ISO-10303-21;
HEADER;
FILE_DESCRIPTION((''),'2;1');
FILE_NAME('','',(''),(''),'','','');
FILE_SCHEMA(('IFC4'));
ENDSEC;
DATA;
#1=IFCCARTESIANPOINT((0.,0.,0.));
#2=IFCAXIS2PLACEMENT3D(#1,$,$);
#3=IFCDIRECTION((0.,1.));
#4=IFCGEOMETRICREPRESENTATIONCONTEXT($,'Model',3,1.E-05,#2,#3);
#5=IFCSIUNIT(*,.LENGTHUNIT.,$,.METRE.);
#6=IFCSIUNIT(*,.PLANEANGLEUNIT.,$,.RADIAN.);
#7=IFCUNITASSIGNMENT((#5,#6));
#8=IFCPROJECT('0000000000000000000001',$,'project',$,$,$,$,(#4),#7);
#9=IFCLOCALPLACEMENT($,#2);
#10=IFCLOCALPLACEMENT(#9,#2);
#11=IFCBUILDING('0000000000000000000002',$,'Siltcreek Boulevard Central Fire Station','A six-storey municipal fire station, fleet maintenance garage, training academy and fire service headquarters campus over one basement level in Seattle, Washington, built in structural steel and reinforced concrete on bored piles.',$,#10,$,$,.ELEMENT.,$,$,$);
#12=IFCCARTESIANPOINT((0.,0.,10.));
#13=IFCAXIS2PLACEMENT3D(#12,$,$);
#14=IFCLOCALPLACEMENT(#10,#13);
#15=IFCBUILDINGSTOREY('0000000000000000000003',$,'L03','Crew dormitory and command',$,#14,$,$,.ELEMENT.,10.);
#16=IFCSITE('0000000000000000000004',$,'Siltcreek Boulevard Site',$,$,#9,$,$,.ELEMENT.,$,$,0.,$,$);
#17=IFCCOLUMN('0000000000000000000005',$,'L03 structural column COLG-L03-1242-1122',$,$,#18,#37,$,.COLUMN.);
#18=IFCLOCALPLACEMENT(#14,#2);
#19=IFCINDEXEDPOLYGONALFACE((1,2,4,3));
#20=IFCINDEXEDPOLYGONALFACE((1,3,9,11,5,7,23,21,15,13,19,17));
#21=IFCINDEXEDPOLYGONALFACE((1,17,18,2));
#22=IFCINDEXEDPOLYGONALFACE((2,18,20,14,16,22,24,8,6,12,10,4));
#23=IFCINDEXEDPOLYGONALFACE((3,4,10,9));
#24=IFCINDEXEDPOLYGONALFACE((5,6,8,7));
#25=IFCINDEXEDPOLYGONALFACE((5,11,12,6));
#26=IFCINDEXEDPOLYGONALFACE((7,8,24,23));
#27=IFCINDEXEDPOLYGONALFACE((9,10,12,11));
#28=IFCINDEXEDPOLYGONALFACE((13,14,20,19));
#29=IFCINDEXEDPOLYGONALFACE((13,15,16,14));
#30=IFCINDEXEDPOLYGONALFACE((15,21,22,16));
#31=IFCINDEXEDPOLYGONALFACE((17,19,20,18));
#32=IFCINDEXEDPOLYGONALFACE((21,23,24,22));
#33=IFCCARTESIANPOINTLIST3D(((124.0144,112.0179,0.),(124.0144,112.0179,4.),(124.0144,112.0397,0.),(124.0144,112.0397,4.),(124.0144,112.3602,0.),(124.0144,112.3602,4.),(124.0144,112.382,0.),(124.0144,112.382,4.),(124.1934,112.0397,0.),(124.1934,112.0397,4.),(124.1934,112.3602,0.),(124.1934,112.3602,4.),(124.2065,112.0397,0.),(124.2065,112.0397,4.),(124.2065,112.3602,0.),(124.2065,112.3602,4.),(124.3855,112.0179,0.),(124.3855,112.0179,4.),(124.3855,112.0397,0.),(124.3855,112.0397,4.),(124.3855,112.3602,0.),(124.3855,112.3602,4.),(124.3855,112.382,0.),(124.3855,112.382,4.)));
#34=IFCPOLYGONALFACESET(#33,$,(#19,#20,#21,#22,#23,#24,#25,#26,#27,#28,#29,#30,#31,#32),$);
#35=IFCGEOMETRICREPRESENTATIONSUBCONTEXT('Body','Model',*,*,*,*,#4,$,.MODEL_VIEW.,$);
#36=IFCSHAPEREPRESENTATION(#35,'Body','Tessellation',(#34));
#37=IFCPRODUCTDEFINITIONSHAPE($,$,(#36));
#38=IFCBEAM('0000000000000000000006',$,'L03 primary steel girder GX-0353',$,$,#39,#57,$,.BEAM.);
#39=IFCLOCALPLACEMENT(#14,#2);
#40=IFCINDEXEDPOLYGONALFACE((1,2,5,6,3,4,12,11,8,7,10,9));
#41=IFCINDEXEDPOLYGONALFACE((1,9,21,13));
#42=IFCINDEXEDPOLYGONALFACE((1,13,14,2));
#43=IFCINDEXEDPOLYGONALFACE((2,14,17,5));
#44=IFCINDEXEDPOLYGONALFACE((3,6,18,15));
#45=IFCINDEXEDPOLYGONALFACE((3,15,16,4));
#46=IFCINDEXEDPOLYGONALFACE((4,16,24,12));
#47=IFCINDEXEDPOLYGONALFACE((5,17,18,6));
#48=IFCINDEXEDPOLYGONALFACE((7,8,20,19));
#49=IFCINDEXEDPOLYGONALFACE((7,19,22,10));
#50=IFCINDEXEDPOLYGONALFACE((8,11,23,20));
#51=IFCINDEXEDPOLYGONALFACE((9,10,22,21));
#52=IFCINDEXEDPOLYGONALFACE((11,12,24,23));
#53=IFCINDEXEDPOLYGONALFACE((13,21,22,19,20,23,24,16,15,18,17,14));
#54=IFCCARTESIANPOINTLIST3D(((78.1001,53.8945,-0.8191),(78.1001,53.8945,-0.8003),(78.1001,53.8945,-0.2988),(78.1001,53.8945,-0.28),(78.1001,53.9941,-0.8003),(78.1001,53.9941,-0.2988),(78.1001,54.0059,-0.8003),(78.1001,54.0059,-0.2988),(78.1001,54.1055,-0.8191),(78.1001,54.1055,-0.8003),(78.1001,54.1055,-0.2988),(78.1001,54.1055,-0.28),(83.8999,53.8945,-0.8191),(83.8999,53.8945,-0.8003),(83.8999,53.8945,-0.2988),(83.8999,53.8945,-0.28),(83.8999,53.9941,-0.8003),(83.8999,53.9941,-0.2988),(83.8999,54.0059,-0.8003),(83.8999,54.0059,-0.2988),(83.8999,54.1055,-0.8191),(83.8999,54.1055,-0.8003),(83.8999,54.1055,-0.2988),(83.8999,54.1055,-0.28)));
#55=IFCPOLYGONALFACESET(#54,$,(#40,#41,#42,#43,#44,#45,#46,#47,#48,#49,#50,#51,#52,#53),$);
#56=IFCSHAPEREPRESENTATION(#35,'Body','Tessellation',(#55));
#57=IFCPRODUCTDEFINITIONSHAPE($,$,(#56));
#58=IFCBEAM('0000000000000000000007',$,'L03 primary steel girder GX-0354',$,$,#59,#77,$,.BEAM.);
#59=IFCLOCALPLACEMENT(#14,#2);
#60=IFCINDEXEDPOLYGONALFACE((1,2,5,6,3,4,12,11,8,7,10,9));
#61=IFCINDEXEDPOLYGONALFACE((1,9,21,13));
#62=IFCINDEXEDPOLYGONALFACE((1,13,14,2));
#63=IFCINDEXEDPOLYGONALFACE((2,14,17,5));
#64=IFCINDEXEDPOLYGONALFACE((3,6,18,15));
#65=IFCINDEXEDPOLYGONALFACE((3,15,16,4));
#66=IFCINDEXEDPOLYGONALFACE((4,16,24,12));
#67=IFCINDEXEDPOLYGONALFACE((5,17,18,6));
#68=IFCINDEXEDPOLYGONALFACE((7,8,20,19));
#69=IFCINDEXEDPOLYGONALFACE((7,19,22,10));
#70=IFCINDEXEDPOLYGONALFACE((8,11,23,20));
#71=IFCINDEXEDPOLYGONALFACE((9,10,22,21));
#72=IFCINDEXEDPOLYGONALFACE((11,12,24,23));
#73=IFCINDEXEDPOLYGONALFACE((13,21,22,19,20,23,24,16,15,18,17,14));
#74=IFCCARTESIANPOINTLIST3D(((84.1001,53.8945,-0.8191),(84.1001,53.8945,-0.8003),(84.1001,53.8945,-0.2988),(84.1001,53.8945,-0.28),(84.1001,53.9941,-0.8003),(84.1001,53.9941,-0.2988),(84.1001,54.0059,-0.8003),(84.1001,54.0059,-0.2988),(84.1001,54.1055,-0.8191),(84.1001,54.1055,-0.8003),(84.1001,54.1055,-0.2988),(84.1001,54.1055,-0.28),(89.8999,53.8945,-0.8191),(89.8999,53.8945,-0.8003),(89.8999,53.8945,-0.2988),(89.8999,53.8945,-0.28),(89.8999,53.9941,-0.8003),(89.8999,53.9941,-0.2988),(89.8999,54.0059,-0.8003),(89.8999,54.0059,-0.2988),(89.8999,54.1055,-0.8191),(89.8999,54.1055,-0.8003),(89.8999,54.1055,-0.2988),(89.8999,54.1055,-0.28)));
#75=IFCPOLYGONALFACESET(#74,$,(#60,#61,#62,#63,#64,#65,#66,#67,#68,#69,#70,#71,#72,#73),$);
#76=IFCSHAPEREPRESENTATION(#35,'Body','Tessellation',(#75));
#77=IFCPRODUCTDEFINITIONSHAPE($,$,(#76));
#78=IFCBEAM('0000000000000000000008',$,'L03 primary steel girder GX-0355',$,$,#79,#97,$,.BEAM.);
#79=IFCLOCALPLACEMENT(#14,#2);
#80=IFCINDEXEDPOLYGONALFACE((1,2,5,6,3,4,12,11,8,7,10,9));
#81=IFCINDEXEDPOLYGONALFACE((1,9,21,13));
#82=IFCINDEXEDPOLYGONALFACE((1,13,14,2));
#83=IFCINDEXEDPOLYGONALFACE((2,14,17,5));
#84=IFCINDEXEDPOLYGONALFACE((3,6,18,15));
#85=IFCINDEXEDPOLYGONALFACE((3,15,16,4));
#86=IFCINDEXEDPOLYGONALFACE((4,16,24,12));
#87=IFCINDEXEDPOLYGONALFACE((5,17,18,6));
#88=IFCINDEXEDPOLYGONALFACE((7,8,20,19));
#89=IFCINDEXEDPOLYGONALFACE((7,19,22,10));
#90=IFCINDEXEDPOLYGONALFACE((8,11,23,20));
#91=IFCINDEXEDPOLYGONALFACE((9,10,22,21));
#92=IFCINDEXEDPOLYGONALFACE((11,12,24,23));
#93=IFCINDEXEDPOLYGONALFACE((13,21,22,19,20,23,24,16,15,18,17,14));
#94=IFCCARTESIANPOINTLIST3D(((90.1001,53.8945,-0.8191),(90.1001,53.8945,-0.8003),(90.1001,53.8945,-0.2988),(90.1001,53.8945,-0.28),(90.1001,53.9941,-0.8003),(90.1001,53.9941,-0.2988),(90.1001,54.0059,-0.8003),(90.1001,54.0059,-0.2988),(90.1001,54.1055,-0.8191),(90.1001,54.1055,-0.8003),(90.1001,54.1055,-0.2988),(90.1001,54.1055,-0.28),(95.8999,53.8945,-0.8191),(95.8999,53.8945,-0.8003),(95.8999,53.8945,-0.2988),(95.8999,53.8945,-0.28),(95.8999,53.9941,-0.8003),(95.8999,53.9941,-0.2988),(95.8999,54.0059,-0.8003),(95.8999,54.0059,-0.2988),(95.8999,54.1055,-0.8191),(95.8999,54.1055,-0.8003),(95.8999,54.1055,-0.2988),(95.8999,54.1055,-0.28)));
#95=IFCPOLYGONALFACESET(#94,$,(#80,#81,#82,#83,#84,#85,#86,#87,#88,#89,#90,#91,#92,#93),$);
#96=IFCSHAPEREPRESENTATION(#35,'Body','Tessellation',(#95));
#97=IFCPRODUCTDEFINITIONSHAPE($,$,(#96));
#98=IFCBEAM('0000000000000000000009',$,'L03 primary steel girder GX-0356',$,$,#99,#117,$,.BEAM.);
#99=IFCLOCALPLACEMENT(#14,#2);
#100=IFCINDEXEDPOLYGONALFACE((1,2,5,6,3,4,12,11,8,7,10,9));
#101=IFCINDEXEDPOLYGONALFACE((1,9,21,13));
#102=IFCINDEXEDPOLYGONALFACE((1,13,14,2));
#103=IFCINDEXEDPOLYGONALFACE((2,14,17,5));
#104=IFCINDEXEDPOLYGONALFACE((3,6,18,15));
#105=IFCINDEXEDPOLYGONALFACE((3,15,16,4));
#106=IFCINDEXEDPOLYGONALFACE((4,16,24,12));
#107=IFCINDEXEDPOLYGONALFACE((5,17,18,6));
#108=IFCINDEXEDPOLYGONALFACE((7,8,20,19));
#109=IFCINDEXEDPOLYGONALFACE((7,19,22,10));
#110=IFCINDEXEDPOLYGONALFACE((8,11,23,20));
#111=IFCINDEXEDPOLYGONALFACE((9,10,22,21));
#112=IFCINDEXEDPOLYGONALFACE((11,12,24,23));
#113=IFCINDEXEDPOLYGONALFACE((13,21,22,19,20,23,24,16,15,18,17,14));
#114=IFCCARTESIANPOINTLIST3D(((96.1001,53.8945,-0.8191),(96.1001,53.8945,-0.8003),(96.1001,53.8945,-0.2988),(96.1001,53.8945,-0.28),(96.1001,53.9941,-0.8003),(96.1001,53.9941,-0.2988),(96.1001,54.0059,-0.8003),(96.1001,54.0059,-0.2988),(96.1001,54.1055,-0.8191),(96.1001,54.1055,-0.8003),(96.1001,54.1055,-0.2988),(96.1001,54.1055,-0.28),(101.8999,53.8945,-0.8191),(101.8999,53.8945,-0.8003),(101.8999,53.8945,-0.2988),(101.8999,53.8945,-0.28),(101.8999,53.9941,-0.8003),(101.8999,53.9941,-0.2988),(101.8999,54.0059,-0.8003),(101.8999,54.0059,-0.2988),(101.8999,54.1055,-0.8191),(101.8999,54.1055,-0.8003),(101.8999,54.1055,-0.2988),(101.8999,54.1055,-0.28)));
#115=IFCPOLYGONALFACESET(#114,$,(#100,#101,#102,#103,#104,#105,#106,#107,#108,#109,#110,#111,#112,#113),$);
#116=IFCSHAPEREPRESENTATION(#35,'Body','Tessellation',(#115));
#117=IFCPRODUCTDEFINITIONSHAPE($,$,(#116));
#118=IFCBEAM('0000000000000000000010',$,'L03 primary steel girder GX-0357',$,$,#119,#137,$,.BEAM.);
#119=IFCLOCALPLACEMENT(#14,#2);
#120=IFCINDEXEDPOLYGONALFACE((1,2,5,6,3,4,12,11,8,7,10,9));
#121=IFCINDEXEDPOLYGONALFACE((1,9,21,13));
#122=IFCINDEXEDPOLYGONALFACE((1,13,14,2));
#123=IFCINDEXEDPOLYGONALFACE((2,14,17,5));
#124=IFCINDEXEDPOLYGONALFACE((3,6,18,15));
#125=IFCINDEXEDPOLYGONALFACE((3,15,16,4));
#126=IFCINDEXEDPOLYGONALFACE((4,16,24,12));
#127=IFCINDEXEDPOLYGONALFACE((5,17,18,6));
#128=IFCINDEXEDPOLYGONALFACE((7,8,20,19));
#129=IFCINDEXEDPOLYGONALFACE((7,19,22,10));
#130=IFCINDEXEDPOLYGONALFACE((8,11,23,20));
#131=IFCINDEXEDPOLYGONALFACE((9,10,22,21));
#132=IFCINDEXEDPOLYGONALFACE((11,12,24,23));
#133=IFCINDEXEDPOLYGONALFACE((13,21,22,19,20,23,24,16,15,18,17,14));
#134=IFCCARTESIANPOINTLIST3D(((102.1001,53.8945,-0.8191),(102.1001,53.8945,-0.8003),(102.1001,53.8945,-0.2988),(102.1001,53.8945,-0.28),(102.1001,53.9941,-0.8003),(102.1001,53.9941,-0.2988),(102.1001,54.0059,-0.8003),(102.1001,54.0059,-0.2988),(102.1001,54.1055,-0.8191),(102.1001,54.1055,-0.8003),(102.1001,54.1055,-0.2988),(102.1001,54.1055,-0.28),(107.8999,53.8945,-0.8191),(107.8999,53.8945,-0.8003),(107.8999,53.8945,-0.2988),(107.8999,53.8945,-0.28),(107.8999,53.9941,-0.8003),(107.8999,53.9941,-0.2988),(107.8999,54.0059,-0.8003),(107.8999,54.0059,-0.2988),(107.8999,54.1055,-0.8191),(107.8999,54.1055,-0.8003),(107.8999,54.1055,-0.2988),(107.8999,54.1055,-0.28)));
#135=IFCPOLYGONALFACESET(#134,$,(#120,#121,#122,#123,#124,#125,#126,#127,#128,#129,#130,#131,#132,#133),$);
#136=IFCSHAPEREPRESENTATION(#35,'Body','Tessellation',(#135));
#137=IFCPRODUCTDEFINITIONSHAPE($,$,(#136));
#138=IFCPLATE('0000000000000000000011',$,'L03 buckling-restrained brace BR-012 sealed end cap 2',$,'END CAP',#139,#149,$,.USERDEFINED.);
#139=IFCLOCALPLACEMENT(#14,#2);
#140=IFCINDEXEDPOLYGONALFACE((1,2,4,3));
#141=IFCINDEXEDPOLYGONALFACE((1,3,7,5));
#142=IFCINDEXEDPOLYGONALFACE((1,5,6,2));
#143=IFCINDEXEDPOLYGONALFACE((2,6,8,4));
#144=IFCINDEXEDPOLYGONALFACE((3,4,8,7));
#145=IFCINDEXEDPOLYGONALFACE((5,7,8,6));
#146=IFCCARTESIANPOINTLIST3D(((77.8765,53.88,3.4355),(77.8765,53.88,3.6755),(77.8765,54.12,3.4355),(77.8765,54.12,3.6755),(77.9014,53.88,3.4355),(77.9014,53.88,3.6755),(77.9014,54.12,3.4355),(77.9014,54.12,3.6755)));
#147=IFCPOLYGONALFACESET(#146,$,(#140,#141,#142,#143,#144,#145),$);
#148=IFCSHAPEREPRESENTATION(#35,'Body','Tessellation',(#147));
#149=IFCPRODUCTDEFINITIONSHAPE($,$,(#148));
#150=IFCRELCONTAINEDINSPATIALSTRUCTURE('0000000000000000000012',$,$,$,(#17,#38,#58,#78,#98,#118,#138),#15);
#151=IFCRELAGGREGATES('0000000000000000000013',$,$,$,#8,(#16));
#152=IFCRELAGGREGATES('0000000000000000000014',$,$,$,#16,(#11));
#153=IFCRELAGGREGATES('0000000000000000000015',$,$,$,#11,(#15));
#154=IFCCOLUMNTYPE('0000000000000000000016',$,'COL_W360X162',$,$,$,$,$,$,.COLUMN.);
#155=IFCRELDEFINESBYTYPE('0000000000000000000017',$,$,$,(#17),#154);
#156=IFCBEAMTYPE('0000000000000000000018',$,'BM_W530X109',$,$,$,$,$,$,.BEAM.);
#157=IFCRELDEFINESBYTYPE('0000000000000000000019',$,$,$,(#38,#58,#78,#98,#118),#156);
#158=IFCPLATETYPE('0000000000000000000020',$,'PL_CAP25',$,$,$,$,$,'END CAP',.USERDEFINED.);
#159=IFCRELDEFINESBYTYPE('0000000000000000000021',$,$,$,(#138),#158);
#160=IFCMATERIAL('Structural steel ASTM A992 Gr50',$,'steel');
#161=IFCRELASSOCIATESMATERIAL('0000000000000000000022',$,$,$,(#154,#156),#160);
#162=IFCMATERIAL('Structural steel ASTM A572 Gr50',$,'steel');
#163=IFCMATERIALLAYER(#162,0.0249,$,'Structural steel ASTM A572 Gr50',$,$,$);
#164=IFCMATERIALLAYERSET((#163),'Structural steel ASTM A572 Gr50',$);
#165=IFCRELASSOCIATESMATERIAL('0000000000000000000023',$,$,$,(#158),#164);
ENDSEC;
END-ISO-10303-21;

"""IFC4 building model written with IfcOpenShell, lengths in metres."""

from ifc_helpers import new_model, si_unit, direction, frame, origin, origin_2d, place, context, subcontext, project, spatial, rectangle, i_section, extrude, material, layer, layer_set, material_profile, profile_set, type_object, element, save


model = new_model("IFC4")

# Units and contexts
model_context = context("Model", 3, precision=1e-05, world=origin(), true_north=direction((0.0, 1.0)))
body_context = subcontext(model_context, "Body", "Model", "MODEL_VIEW")
ifc_project = project(units=[si_unit("LENGTHUNIT", "METRE"), si_unit("PLANEANGLEUNIT", "RADIAN")], contexts=[model_context])

# Site, building, storey
site_placement = place(None, origin())
site = spatial("IfcSite", under=ifc_project, at=site_placement, Name="Siltcreek Boulevard Site", CompositionType="ELEMENT", RefElevation=0.0)
building_placement = place(site_placement, origin())
building = spatial("IfcBuilding", under=site, at=building_placement, Name="Siltcreek Boulevard Central Fire Station", Description="A six-storey municipal fire station, fleet maintenance garage, training academy and fire service headquarters campus over one basement level in Seattle, Washington, built in structural steel and reinforced concrete on bored piles.", CompositionType="ELEMENT")
storey_placement = place(building_placement, frame((0.0, 0.0, 10.0)))
storey = spatial("IfcBuildingStorey", under=building, at=storey_placement, Name="L03", Description="Crew dormitory and command", CompositionType="ELEMENT", Elevation=10.0)

# Column
ifc_material_1 = material(Name="Structural steel ASTM A992 Gr50", Category="steel")
ifc_material_profile_1 = material_profile(ifc_material_1, i_section(OverallWidth=0.3711, OverallDepth=0.364, WebThickness=0.0132, FlangeThickness=0.0217, at=origin_2d()), Name="W360X162")
ifc_profile_set_1 = profile_set([ifc_material_profile_1], Name="Structural steel ASTM A992 Gr50")
column_type_1 = type_object("IfcColumnType", Name="COL_W360X162", PredefinedType="COLUMN", material=ifc_profile_set_1)
for number, where, z_axis, x_axis, name in (
    (1, (124.2, 112.2, 0.0), (0.0, 0.0, 1.0), (1.0, 0.0, 0.0), "L03 structural column COLG-L03-1242-1122"),
):
    element("IfcColumn", number, at=place(storey_placement, frame(where, z_axis=z_axis, x_axis=x_axis)), inside=storey, type_object=column_type_1, Name=name, PredefinedType="COLUMN", context=body_context, shape_type="SweptSolid", body=[
        extrude(i_section(OverallWidth=0.3711, OverallDepth=0.364, WebThickness=0.0132, FlangeThickness=0.0217, at=origin_2d()), origin(), (0.0, 0.0, 1.0), 4.0),
    ])

# Beams
ifc_material_profile_2 = material_profile(ifc_material_1, i_section(OverallWidth=0.2109, OverallDepth=0.5391, WebThickness=0.0117, FlangeThickness=0.0188, at=origin_2d()), Name="W530X109")
ifc_profile_set_2 = profile_set([ifc_material_profile_2], Name="Structural steel ASTM A992 Gr50")
beam_type = type_object("IfcBeamType", Name="BM_W530X109", PredefinedType="BEAM", material=ifc_profile_set_2)
for number, where, z_axis, x_axis, name in (
    (2, (78.1001, 54.0, -0.5496), (1.0, 0.0, 0.0), (0.0, 1.0, 0.0), "L03 primary steel girder GX-0353"),
    (3, (84.1001, 54.0, -0.5496), (1.0, 0.0, 0.0), (0.0, 1.0, 0.0), "L03 primary steel girder GX-0354"),
    (4, (90.1001, 54.0, -0.5496), (1.0, 0.0, 0.0), (0.0, 1.0, 0.0), "L03 primary steel girder GX-0355"),
    (5, (96.1001, 54.0, -0.5496), (1.0, 0.0, 0.0), (0.0, 1.0, 0.0), "L03 primary steel girder GX-0356"),
    (6, (102.1001, 54.0, -0.5496), (1.0, 0.0, 0.0), (0.0, 1.0, 0.0), "L03 primary steel girder GX-0357"),
):
    element("IfcBeam", number, at=place(storey_placement, frame(where, z_axis=z_axis, x_axis=x_axis)), inside=storey, type_object=beam_type, Name=name, PredefinedType="BEAM", context=body_context, shape_type="SweptSolid", body=[
        extrude(i_section(OverallWidth=0.2109, OverallDepth=0.5391, WebThickness=0.0117, FlangeThickness=0.0188, at=origin_2d()), origin(), (0.0, 0.0, 1.0), 5.7998),
    ])

# Plate
ifc_material_2 = material(Name="Structural steel ASTM A572 Gr50", Category="steel")
ifc_layer_1 = layer(ifc_material_2, 0.0249, Name="Structural steel ASTM A572 Gr50")
ifc_layer_set_1 = layer_set([ifc_layer_1], Name="Structural steel ASTM A572 Gr50")
plate_type = type_object("IfcPlateType", Name="PL_CAP25", ElementType="END CAP", PredefinedType="USERDEFINED", material=ifc_layer_set_1)
plate_placement = place(storey_placement, frame((77.8889, 54.0, 3.4355), z_axis=(0.0, 0.0, 1.0), x_axis=(1.0, 0.0, 0.0)))
element("IfcPlate", 7, at=plate_placement, inside=storey, type_object=plate_type, Name="L03 buckling-restrained brace BR-012 sealed end cap 2", ObjectType="END CAP", PredefinedType="USERDEFINED", context=body_context, shape_type="SweptSolid", body=[
    extrude(rectangle(XDim=0.0249, YDim=0.24, at=origin_2d()), origin(), (0.0, 0.0, 1.0), 0.24),
])

save(model, "model.ifc")
